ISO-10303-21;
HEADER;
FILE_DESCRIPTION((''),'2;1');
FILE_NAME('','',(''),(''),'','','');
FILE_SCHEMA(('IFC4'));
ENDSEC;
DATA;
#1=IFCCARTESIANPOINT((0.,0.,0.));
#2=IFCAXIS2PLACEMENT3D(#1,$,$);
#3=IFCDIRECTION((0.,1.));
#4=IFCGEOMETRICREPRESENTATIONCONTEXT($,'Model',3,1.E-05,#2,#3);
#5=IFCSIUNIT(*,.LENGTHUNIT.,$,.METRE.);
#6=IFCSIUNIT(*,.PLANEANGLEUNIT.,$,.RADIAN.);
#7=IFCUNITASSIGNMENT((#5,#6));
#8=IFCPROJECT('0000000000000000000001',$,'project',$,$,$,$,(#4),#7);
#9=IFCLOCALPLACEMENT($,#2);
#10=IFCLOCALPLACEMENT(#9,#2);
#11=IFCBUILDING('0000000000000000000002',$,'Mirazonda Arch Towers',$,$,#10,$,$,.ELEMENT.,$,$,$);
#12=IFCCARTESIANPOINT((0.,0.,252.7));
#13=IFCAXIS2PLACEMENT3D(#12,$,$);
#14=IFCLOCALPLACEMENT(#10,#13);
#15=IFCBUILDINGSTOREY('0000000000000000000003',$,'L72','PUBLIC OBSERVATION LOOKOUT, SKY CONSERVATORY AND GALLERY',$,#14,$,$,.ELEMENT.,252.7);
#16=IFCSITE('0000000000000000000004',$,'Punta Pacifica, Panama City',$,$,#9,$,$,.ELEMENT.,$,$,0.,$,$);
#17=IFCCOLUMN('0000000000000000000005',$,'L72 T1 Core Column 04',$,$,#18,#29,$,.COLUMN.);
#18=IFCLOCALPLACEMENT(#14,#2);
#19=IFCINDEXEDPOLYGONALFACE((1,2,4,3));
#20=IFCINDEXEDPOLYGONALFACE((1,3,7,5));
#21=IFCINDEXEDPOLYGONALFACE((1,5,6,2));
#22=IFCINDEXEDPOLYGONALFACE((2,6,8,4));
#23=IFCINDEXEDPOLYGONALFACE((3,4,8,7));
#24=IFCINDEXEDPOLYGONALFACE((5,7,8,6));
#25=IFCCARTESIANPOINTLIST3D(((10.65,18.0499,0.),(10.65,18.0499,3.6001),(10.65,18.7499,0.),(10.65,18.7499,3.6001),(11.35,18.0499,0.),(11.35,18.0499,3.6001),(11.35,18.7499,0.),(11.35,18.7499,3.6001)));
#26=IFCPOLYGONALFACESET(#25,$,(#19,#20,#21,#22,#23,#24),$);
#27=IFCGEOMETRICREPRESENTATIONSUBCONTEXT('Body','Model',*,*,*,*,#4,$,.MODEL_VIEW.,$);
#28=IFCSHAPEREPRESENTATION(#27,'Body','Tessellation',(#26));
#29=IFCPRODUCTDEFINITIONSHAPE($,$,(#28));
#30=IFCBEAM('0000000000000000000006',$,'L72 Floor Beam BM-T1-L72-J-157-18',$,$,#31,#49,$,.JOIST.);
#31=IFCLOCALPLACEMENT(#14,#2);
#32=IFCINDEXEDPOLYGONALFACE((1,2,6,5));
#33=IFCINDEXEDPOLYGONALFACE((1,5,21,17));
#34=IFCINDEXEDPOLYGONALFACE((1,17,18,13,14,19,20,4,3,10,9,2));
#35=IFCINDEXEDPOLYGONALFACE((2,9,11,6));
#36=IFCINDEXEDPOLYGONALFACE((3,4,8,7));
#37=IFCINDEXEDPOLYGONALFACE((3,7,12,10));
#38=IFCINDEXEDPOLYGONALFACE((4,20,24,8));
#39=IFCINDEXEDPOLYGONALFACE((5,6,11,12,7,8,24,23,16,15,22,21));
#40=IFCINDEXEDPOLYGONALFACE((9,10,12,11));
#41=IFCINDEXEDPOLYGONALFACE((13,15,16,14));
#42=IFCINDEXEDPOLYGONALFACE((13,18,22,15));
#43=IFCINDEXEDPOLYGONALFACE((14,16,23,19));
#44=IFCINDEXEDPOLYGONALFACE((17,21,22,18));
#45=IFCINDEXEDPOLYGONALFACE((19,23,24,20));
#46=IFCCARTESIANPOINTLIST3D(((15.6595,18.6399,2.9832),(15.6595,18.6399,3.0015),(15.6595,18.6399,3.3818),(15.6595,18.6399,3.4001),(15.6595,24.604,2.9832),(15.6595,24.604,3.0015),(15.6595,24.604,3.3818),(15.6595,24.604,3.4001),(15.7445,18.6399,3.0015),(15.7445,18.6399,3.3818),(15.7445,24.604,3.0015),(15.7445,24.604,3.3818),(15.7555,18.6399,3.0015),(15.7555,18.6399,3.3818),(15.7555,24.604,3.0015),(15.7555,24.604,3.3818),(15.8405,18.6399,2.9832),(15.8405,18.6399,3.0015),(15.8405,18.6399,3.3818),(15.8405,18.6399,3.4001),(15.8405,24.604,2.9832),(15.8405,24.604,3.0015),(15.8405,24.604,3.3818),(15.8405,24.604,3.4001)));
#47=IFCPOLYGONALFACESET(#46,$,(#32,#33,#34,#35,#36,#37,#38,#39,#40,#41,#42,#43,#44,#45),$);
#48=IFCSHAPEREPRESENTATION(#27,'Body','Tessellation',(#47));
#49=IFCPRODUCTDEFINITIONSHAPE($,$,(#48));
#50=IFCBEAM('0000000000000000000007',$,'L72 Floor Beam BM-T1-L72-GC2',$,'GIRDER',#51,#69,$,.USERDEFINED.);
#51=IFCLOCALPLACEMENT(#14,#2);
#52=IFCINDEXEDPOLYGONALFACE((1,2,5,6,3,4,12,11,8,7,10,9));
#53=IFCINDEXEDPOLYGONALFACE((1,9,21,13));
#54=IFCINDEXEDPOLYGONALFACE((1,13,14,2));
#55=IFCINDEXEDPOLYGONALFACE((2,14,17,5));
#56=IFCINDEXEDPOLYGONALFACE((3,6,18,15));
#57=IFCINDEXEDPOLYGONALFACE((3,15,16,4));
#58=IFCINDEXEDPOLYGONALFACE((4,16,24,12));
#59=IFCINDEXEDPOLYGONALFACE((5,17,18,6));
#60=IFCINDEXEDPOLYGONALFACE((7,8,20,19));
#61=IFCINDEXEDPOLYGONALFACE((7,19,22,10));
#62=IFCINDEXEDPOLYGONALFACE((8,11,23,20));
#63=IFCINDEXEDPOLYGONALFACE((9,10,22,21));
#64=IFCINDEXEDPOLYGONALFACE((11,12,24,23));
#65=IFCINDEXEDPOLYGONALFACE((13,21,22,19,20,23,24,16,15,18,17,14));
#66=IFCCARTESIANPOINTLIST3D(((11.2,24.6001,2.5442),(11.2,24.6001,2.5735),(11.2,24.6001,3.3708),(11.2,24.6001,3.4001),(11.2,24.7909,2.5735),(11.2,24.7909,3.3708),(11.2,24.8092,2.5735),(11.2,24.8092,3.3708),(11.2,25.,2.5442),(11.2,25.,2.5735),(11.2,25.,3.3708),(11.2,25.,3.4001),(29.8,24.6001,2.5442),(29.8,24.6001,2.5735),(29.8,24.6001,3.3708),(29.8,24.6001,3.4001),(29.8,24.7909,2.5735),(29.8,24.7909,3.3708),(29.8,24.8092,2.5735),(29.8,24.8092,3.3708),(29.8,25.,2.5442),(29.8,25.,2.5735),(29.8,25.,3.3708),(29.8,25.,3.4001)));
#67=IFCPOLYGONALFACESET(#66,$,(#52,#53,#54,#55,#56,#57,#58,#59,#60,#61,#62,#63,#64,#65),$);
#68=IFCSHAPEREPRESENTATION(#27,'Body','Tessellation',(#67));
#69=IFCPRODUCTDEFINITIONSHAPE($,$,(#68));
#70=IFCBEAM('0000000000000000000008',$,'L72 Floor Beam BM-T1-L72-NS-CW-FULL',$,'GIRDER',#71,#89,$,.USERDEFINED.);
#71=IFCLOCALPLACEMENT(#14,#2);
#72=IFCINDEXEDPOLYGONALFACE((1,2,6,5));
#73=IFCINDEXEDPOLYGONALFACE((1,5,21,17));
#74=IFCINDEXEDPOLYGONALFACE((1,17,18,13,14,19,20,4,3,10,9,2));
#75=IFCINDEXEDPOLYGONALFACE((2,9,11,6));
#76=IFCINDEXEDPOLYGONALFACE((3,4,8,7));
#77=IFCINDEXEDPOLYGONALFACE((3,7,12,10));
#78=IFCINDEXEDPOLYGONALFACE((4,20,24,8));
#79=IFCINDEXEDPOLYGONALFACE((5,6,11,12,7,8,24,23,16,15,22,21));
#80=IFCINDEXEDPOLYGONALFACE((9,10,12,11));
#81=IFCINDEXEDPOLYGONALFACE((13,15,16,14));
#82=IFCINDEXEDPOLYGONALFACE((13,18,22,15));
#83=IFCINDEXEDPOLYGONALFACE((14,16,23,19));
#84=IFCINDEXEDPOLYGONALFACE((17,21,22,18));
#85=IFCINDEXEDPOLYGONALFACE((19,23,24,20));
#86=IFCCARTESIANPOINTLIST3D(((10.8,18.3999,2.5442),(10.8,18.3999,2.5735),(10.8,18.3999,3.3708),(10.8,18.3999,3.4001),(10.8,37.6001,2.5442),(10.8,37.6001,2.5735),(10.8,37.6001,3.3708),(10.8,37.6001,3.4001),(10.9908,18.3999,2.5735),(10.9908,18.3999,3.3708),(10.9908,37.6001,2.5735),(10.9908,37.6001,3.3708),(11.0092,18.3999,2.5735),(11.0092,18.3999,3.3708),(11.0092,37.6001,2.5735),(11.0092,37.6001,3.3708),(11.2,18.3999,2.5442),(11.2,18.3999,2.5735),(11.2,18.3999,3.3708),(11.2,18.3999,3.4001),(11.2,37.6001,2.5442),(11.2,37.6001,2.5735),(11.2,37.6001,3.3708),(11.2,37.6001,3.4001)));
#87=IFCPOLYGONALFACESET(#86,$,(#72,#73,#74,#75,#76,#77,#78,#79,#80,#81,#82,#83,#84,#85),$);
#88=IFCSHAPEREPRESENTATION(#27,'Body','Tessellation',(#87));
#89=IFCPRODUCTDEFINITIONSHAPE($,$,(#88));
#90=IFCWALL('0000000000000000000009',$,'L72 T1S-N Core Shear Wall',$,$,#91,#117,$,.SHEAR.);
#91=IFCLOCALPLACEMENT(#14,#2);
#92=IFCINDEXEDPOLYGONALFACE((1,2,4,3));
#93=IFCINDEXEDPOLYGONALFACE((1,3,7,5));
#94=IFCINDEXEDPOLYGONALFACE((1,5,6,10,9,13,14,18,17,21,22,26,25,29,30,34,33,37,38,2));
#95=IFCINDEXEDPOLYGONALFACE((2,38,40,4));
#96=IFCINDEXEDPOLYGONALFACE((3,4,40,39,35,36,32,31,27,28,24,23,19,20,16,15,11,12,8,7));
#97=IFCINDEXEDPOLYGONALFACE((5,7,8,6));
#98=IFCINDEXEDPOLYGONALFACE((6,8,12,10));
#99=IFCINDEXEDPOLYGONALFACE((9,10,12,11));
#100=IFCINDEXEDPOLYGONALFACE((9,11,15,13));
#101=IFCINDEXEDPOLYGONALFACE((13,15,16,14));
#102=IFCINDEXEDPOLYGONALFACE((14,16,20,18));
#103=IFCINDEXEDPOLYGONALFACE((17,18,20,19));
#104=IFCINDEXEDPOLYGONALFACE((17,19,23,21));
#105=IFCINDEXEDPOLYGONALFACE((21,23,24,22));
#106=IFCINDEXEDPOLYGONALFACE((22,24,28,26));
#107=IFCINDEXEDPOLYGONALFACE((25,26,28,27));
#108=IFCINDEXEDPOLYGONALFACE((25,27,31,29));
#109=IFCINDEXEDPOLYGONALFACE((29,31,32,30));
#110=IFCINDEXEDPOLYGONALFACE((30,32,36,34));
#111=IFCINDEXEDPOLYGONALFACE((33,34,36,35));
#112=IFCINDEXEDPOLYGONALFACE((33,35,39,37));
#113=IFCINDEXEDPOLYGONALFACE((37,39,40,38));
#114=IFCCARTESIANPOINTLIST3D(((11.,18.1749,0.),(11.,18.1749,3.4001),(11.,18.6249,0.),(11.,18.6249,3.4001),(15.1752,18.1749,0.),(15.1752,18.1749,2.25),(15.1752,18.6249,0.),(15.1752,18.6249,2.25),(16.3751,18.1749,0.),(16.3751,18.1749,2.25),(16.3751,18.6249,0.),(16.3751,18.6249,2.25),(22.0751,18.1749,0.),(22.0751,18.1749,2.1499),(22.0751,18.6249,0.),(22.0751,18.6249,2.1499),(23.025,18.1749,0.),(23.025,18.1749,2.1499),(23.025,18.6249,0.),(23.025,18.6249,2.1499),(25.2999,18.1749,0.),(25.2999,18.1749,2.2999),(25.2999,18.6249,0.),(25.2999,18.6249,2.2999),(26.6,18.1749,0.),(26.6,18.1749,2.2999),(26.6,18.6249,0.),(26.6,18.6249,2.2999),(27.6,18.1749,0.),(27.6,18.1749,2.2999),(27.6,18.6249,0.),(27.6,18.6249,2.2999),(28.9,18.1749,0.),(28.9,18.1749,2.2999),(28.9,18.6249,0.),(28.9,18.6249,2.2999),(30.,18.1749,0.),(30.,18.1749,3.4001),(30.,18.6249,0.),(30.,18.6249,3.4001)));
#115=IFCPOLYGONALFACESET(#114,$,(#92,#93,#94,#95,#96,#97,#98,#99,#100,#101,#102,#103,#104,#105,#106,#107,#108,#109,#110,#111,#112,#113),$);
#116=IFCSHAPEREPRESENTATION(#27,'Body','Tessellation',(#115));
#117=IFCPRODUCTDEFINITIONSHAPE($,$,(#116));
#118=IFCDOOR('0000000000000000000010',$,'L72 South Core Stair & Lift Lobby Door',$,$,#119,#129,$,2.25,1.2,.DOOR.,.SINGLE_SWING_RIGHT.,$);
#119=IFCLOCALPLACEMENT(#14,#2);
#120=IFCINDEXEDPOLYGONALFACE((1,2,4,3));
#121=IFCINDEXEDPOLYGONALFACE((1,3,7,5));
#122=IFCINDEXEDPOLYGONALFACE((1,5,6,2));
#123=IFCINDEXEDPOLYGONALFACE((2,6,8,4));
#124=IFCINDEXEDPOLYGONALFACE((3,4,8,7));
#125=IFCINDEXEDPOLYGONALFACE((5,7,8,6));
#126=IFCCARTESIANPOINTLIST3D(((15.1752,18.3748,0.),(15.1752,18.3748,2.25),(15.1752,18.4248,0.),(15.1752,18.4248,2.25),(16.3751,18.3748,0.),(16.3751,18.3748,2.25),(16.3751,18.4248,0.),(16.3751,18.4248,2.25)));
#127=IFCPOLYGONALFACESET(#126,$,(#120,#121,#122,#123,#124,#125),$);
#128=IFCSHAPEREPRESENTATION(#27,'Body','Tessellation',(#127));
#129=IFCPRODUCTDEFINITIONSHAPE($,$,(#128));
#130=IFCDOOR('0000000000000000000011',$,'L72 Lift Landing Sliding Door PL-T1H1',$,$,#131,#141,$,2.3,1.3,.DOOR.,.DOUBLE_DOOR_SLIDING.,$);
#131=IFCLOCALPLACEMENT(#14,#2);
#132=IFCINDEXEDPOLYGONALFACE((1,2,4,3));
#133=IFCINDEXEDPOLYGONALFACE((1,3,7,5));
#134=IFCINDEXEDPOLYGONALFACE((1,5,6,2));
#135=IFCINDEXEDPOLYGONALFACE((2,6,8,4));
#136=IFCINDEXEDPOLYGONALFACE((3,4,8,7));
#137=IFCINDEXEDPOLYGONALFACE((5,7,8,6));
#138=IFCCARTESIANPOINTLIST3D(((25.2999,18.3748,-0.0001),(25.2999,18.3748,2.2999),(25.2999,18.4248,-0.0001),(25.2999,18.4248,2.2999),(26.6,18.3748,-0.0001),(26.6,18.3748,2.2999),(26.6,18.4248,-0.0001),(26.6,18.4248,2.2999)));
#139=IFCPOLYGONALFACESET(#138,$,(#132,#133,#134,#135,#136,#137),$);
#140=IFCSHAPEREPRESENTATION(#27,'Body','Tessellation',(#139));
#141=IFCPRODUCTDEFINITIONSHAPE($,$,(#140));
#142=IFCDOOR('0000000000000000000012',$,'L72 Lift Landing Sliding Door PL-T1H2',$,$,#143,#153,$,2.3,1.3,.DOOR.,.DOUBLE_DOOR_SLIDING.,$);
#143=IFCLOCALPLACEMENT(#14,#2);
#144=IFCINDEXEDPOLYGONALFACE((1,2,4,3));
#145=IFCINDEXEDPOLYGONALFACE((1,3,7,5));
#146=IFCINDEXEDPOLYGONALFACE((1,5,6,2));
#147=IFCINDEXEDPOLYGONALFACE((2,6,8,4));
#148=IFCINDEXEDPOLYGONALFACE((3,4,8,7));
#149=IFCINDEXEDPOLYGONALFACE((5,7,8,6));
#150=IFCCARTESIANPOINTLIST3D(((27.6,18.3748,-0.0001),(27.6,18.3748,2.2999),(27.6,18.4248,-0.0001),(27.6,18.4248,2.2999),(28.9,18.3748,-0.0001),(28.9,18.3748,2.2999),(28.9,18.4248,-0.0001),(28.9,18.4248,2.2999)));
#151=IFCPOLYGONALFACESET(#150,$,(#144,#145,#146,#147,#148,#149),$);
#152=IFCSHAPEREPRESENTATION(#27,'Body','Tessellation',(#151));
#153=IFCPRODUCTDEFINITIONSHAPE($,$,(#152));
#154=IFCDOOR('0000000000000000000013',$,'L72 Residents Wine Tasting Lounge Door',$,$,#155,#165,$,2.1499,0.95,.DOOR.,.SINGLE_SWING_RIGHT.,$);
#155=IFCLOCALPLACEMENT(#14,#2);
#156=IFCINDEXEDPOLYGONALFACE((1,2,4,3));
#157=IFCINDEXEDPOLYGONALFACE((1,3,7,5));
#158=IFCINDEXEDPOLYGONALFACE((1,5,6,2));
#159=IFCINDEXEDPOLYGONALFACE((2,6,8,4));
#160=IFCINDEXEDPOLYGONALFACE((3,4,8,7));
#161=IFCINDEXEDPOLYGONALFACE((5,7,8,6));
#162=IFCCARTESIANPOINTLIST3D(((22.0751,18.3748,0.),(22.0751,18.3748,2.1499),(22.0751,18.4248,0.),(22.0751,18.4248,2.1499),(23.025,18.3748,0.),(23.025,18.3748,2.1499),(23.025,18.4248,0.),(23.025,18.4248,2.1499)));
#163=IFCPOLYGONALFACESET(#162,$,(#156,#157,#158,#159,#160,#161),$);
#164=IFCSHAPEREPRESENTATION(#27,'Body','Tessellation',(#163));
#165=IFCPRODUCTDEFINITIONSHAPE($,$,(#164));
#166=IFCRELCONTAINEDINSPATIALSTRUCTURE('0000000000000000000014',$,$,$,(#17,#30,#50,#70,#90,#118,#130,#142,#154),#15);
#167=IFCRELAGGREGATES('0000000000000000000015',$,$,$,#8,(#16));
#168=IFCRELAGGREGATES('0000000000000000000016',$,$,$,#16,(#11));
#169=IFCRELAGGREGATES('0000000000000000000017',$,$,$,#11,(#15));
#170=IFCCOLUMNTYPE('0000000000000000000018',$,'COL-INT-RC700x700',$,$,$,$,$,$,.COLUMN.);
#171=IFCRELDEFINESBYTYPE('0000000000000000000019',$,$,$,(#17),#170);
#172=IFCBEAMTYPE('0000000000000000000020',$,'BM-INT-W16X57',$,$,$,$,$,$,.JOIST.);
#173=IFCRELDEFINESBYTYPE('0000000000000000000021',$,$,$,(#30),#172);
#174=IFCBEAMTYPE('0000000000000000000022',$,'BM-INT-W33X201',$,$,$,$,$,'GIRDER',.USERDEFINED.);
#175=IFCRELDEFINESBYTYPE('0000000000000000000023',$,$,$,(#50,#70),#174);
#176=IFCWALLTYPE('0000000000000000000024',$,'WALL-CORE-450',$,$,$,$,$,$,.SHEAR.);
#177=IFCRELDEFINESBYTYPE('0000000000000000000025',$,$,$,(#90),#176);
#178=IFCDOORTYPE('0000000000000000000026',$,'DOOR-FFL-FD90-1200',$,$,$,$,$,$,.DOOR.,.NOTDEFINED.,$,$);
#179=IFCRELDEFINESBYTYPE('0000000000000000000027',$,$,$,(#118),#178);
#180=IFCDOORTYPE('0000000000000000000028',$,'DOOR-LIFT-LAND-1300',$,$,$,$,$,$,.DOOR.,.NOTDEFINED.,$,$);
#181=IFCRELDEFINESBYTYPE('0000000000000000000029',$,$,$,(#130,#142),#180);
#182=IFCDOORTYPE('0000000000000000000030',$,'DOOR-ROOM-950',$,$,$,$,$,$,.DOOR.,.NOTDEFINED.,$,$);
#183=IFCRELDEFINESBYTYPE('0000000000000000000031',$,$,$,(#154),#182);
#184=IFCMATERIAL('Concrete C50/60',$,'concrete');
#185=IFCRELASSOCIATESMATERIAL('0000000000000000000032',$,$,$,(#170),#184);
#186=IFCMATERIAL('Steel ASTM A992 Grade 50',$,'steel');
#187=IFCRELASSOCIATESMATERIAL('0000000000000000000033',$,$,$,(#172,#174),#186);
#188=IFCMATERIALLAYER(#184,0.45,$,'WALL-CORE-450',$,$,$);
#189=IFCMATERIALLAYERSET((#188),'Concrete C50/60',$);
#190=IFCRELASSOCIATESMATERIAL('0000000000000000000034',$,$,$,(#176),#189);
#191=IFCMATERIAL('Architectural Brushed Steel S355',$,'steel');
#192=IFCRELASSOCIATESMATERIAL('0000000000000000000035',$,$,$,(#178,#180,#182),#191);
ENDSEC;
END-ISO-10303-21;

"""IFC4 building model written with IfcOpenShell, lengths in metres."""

from ifc_helpers import new_model, si_unit, direction, frame, frame_2d, origin, origin_2d, place, context, subcontext, project, spatial, rectangle, i_section, extrude, material, layer, layer_set, material_profile, profile_set, type_object, element, fill, save


model = new_model("IFC4")

# Units and contexts
model_context = context("Model", 3, precision=1e-05, world=origin(), true_north=direction((0.0, 1.0)))
body_context = subcontext(model_context, "Body", "Model", "MODEL_VIEW")
ifc_project = project(units=[si_unit("LENGTHUNIT", "METRE"), si_unit("PLANEANGLEUNIT", "RADIAN")], contexts=[model_context])

# Site, building, storey
site_placement = place(None, origin())
site = spatial("IfcSite", under=ifc_project, at=site_placement, Name="Punta Pacifica, Panama City", CompositionType="ELEMENT", RefElevation=0.0)
building_placement = place(site_placement, origin())
building = spatial("IfcBuilding", under=site, at=building_placement, Name="Mirazonda Arch Towers", CompositionType="ELEMENT")
storey_placement = place(building_placement, frame((0.0, 0.0, 252.7)))
storey = spatial("IfcBuildingStorey", under=building, at=storey_placement, Name="L72", Description="PUBLIC OBSERVATION LOOKOUT, SKY CONSERVATORY AND GALLERY", CompositionType="ELEMENT", Elevation=252.7)

# Column
ifc_material_1 = material(Name="Concrete C50/60", Category="concrete")
ifc_material_profile_1 = material_profile(ifc_material_1, rectangle(XDim=0.7, YDim=0.7, at=origin_2d()), Name="RC700x700")
ifc_profile_set_1 = profile_set([ifc_material_profile_1], Name="Concrete C50/60")
column_type = type_object("IfcColumnType", Name="COL-INT-RC700x700", PredefinedType="COLUMN", material=ifc_profile_set_1)
column_placement = place(storey_placement, frame((11.0, 18.3999, 0.0), z_axis=(0.0, 0.0, 1.0), x_axis=(1.0, 0.0, 0.0)))
element("IfcColumn", 1, at=column_placement, inside=storey, type_object=column_type, Name="L72 T1 Core Column 04", PredefinedType="COLUMN", context=body_context, shape_type="SweptSolid", body=[
    extrude(rectangle(XDim=0.7, YDim=0.7, at=origin_2d()), origin(), (0.0, 0.0, 1.0), 3.6001),
])

# Beams
ifc_material_2 = material(Name="Steel ASTM A992 Grade 50", Category="steel")
ifc_material_profile_2 = material_profile(ifc_material_2, i_section(OverallWidth=0.1809, OverallDepth=0.417, WebThickness=0.011, FlangeThickness=0.0183, at=origin_2d()), Name="W16X57")
ifc_profile_set_2 = profile_set([ifc_material_profile_2], Name="Steel ASTM A992 Grade 50")
beam_type_1 = type_object("IfcBeamType", Name="BM-INT-W16X57", PredefinedType="JOIST", material=ifc_profile_set_2)
beam_1_placement = place(storey_placement, frame((15.75, 18.6399, 3.1917), z_axis=(0.0, 1.0, 0.0), x_axis=(-1.0, 0.0, 0.0)))
element("IfcBeam", 2, at=beam_1_placement, inside=storey, type_object=beam_type_1, Name="L72 Floor Beam BM-T1-L72-J-157-18", PredefinedType="JOIST", context=body_context, shape_type="SweptSolid", body=[
    extrude(i_section(OverallWidth=0.1809, OverallDepth=0.417, WebThickness=0.011, FlangeThickness=0.0183, at=origin_2d()), origin(), (0.0, 0.0, 1.0), 5.9641),
])
ifc_material_profile_3 = material_profile(ifc_material_2, i_section(OverallWidth=0.3999, OverallDepth=0.856, WebThickness=0.0183, FlangeThickness=0.0293, at=origin_2d()), Name="W33X201")
ifc_profile_set_3 = profile_set([ifc_material_profile_3], Name="Steel ASTM A992 Grade 50")
beam_type_2 = type_object("IfcBeamType", Name="BM-INT-W33X201", ElementType="GIRDER", PredefinedType="USERDEFINED", material=ifc_profile_set_3)
beam_2_placement = place(storey_placement, frame((11.2, 24.8, 2.9722), z_axis=(1.0, 0.0, 0.0), x_axis=(0.0, 1.0, 0.0)))
element("IfcBeam", 3, at=beam_2_placement, inside=storey, type_object=beam_type_2, Name="L72 Floor Beam BM-T1-L72-GC2", ObjectType="GIRDER", PredefinedType="USERDEFINED", context=body_context, shape_type="SweptSolid", body=[
    extrude(i_section(OverallWidth=0.3999, OverallDepth=0.856, WebThickness=0.0183, FlangeThickness=0.0293, at=origin_2d()), origin(), (0.0, 0.0, 1.0), 18.6001),
])
beam_3_placement = place(storey_placement, frame((11.0, 18.3999, 2.9722), z_axis=(0.0, 1.0, 0.0), x_axis=(-1.0, 0.0, 0.0)))
element("IfcBeam", 4, at=beam_3_placement, inside=storey, type_object=beam_type_2, Name="L72 Floor Beam BM-T1-L72-NS-CW-FULL", ObjectType="GIRDER", PredefinedType="USERDEFINED", context=body_context, shape_type="SweptSolid", body=[
    extrude(i_section(OverallWidth=0.3999, OverallDepth=0.856, WebThickness=0.0183, FlangeThickness=0.0293, at=origin_2d()), origin(), (0.0, 0.0, 1.0), 19.2002),
])

# Wall, openings, doors
ifc_layer_1 = layer(ifc_material_1, 0.45, Name="WALL-CORE-450")
ifc_layer_set_1 = layer_set([ifc_layer_1], Name="Concrete C50/60")
wall_type_1 = type_object("IfcWallType", Name="WALL-CORE-450", PredefinedType="SHEAR", material=ifc_layer_set_1)
wall_1_placement = place(storey_placement, frame((11.0, 18.3999, 0.0), z_axis=(0.0, 0.0, 1.0), x_axis=(1.0, 0.0, 0.0)))
wall_1 = element("IfcWall", 5, at=wall_1_placement, inside=storey, type_object=wall_type_1, Name="L72 T1S-N Core Shear Wall", PredefinedType="SHEAR", context=body_context, shape_type="SweptSolid", body=[
    extrude(rectangle(XDim=19.0, YDim=0.45, at=frame_2d((9.5, 0.0))), origin(), (0.0, 0.0, 1.0), 3.4001),
])
opening_1_placement = place(wall_1_placement, frame((4.175, 0.0, 0.0)))
opening_1 = element("IfcOpeningElement", 6, at=opening_1_placement, cuts=wall_1, PredefinedType="OPENING", context=body_context, shape_type="SweptSolid", body=[
    extrude(rectangle(XDim=1.2, YDim=2.25, at=frame_2d((0.6001, 1.125))), frame((0.0, 0.2349, 0.0), z_axis=(0.0, -1.0, 0.0), x_axis=(1.0, 0.0, 0.0)), (0.0, 0.0, 1.0), 0.47),
])
opening_2_placement = place(wall_1_placement, frame((11.075, 0.0, 0.0)))
opening_2 = element("IfcOpeningElement", 7, at=opening_2_placement, cuts=wall_1, PredefinedType="OPENING", context=body_context, shape_type="SweptSolid", body=[
    extrude(rectangle(XDim=0.95, YDim=2.1499, at=frame_2d((0.4751, 1.075))), frame((0.0, 0.2349, 0.0), z_axis=(0.0, -1.0, 0.0), x_axis=(1.0, 0.0, 0.0)), (0.0, 0.0, 1.0), 0.47),
])
opening_3_placement = place(wall_1_placement, frame((14.3, 0.0, 0.0)))
opening_3 = element("IfcOpeningElement", 8, at=opening_3_placement, cuts=wall_1, PredefinedType="OPENING", context=body_context, shape_type="SweptSolid", body=[
    extrude(rectangle(XDim=1.3, YDim=2.3, at=frame_2d((0.6499, 1.1499))), frame((0.0, 0.2349, 0.0), z_axis=(0.0, -1.0, 0.0), x_axis=(1.0, 0.0, 0.0)), (0.0, 0.0, 1.0), 0.47),
])
opening_4_placement = place(wall_1_placement, frame((16.6001, 0.0, 0.0)))
opening_4 = element("IfcOpeningElement", 9, at=opening_4_placement, cuts=wall_1, PredefinedType="OPENING", context=body_context, shape_type="SweptSolid", body=[
    extrude(rectangle(XDim=1.3, YDim=2.3, at=frame_2d((0.6499, 1.1499))), frame((0.0, 0.2349, 0.0), z_axis=(0.0, -1.0, 0.0), x_axis=(1.0, 0.0, 0.0)), (0.0, 0.0, 1.0), 0.47),
])
ifc_material_3 = material(Name="Architectural Brushed Steel S355", Category="steel")
door_type_1 = type_object("IfcDoorType", Name="DOOR-FFL-FD90-1200", OperationType="NOTDEFINED", PredefinedType="DOOR", material=ifc_material_3)
door_1_placement = place(opening_1_placement, origin())
door_1 = element("IfcDoor", 10, at=door_1_placement, inside=storey, type_object=door_type_1, Name="L72 South Core Stair & Lift Lobby Door", OperationType="SINGLE_SWING_RIGHT", OverallHeight=2.25, OverallWidth=1.2, PredefinedType="DOOR", context=body_context, shape_type="SweptSolid", body=[
    extrude(rectangle(XDim=1.2, YDim=2.25, at=frame_2d((0.6001, 1.125))), frame((0.0, 0.0249, 0.0), z_axis=(0.0, -1.0, 0.0), x_axis=(1.0, 0.0, 0.0)), (0.0, 0.0, 1.0), 0.05),
])
fill(opening_1, door_1)
door_type_2 = type_object("IfcDoorType", Name="DOOR-LIFT-LAND-1300", OperationType="NOTDEFINED", PredefinedType="DOOR", material=ifc_material_3)
door_2_placement = place(opening_3_placement, origin())
door_2 = element("IfcDoor", 11, at=door_2_placement, inside=storey, type_object=door_type_2, Name="L72 Lift Landing Sliding Door PL-T1H1", OperationType="DOUBLE_DOOR_SLIDING", OverallHeight=2.3, OverallWidth=1.3, PredefinedType="DOOR", context=body_context, shape_type="SweptSolid", body=[
    extrude(rectangle(XDim=1.3, YDim=2.3, at=frame_2d((0.6499, 1.1499))), frame((0.0, 0.0249, 0.0), z_axis=(0.0, -1.0, 0.0), x_axis=(1.0, 0.0, 0.0)), (0.0, 0.0, 1.0), 0.05),
])
fill(opening_3, door_2)
door_3_placement = place(opening_4_placement, origin())
door_3 = element("IfcDoor", 12, at=door_3_placement, inside=storey, type_object=door_type_2, Name="L72 Lift Landing Sliding Door PL-T1H2", OperationType="DOUBLE_DOOR_SLIDING", OverallHeight=2.3, OverallWidth=1.3, PredefinedType="DOOR", context=body_context, shape_type="SweptSolid", body=[
    extrude(rectangle(XDim=1.3, YDim=2.3, at=frame_2d((0.6499, 1.1499))), frame((0.0, 0.0249, 0.0), z_axis=(0.0, -1.0, 0.0), x_axis=(1.0, 0.0, 0.0)), (0.0, 0.0, 1.0), 0.05),
])
fill(opening_4, door_3)
door_type_3 = type_object("IfcDoorType", Name="DOOR-ROOM-950", OperationType="NOTDEFINED", PredefinedType="DOOR", material=ifc_material_3)
door_4_placement = place(opening_2_placement, origin())
door_4 = element("IfcDoor", 13, at=door_4_placement, inside=storey, type_object=door_type_3, Name="L72 Residents Wine Tasting Lounge Door", OperationType="SINGLE_SWING_RIGHT", OverallHeight=2.1499, OverallWidth=0.95, PredefinedType="DOOR", context=body_context, shape_type="SweptSolid", body=[
    extrude(rectangle(XDim=0.95, YDim=2.1499, at=frame_2d((0.4751, 1.075))), frame((0.0, 0.0249, 0.0), z_axis=(0.0, -1.0, 0.0), x_axis=(1.0, 0.0, 0.0)), (0.0, 0.0, 1.0), 0.05),
])
fill(opening_2, door_4)

save(model, "model.ifc")
